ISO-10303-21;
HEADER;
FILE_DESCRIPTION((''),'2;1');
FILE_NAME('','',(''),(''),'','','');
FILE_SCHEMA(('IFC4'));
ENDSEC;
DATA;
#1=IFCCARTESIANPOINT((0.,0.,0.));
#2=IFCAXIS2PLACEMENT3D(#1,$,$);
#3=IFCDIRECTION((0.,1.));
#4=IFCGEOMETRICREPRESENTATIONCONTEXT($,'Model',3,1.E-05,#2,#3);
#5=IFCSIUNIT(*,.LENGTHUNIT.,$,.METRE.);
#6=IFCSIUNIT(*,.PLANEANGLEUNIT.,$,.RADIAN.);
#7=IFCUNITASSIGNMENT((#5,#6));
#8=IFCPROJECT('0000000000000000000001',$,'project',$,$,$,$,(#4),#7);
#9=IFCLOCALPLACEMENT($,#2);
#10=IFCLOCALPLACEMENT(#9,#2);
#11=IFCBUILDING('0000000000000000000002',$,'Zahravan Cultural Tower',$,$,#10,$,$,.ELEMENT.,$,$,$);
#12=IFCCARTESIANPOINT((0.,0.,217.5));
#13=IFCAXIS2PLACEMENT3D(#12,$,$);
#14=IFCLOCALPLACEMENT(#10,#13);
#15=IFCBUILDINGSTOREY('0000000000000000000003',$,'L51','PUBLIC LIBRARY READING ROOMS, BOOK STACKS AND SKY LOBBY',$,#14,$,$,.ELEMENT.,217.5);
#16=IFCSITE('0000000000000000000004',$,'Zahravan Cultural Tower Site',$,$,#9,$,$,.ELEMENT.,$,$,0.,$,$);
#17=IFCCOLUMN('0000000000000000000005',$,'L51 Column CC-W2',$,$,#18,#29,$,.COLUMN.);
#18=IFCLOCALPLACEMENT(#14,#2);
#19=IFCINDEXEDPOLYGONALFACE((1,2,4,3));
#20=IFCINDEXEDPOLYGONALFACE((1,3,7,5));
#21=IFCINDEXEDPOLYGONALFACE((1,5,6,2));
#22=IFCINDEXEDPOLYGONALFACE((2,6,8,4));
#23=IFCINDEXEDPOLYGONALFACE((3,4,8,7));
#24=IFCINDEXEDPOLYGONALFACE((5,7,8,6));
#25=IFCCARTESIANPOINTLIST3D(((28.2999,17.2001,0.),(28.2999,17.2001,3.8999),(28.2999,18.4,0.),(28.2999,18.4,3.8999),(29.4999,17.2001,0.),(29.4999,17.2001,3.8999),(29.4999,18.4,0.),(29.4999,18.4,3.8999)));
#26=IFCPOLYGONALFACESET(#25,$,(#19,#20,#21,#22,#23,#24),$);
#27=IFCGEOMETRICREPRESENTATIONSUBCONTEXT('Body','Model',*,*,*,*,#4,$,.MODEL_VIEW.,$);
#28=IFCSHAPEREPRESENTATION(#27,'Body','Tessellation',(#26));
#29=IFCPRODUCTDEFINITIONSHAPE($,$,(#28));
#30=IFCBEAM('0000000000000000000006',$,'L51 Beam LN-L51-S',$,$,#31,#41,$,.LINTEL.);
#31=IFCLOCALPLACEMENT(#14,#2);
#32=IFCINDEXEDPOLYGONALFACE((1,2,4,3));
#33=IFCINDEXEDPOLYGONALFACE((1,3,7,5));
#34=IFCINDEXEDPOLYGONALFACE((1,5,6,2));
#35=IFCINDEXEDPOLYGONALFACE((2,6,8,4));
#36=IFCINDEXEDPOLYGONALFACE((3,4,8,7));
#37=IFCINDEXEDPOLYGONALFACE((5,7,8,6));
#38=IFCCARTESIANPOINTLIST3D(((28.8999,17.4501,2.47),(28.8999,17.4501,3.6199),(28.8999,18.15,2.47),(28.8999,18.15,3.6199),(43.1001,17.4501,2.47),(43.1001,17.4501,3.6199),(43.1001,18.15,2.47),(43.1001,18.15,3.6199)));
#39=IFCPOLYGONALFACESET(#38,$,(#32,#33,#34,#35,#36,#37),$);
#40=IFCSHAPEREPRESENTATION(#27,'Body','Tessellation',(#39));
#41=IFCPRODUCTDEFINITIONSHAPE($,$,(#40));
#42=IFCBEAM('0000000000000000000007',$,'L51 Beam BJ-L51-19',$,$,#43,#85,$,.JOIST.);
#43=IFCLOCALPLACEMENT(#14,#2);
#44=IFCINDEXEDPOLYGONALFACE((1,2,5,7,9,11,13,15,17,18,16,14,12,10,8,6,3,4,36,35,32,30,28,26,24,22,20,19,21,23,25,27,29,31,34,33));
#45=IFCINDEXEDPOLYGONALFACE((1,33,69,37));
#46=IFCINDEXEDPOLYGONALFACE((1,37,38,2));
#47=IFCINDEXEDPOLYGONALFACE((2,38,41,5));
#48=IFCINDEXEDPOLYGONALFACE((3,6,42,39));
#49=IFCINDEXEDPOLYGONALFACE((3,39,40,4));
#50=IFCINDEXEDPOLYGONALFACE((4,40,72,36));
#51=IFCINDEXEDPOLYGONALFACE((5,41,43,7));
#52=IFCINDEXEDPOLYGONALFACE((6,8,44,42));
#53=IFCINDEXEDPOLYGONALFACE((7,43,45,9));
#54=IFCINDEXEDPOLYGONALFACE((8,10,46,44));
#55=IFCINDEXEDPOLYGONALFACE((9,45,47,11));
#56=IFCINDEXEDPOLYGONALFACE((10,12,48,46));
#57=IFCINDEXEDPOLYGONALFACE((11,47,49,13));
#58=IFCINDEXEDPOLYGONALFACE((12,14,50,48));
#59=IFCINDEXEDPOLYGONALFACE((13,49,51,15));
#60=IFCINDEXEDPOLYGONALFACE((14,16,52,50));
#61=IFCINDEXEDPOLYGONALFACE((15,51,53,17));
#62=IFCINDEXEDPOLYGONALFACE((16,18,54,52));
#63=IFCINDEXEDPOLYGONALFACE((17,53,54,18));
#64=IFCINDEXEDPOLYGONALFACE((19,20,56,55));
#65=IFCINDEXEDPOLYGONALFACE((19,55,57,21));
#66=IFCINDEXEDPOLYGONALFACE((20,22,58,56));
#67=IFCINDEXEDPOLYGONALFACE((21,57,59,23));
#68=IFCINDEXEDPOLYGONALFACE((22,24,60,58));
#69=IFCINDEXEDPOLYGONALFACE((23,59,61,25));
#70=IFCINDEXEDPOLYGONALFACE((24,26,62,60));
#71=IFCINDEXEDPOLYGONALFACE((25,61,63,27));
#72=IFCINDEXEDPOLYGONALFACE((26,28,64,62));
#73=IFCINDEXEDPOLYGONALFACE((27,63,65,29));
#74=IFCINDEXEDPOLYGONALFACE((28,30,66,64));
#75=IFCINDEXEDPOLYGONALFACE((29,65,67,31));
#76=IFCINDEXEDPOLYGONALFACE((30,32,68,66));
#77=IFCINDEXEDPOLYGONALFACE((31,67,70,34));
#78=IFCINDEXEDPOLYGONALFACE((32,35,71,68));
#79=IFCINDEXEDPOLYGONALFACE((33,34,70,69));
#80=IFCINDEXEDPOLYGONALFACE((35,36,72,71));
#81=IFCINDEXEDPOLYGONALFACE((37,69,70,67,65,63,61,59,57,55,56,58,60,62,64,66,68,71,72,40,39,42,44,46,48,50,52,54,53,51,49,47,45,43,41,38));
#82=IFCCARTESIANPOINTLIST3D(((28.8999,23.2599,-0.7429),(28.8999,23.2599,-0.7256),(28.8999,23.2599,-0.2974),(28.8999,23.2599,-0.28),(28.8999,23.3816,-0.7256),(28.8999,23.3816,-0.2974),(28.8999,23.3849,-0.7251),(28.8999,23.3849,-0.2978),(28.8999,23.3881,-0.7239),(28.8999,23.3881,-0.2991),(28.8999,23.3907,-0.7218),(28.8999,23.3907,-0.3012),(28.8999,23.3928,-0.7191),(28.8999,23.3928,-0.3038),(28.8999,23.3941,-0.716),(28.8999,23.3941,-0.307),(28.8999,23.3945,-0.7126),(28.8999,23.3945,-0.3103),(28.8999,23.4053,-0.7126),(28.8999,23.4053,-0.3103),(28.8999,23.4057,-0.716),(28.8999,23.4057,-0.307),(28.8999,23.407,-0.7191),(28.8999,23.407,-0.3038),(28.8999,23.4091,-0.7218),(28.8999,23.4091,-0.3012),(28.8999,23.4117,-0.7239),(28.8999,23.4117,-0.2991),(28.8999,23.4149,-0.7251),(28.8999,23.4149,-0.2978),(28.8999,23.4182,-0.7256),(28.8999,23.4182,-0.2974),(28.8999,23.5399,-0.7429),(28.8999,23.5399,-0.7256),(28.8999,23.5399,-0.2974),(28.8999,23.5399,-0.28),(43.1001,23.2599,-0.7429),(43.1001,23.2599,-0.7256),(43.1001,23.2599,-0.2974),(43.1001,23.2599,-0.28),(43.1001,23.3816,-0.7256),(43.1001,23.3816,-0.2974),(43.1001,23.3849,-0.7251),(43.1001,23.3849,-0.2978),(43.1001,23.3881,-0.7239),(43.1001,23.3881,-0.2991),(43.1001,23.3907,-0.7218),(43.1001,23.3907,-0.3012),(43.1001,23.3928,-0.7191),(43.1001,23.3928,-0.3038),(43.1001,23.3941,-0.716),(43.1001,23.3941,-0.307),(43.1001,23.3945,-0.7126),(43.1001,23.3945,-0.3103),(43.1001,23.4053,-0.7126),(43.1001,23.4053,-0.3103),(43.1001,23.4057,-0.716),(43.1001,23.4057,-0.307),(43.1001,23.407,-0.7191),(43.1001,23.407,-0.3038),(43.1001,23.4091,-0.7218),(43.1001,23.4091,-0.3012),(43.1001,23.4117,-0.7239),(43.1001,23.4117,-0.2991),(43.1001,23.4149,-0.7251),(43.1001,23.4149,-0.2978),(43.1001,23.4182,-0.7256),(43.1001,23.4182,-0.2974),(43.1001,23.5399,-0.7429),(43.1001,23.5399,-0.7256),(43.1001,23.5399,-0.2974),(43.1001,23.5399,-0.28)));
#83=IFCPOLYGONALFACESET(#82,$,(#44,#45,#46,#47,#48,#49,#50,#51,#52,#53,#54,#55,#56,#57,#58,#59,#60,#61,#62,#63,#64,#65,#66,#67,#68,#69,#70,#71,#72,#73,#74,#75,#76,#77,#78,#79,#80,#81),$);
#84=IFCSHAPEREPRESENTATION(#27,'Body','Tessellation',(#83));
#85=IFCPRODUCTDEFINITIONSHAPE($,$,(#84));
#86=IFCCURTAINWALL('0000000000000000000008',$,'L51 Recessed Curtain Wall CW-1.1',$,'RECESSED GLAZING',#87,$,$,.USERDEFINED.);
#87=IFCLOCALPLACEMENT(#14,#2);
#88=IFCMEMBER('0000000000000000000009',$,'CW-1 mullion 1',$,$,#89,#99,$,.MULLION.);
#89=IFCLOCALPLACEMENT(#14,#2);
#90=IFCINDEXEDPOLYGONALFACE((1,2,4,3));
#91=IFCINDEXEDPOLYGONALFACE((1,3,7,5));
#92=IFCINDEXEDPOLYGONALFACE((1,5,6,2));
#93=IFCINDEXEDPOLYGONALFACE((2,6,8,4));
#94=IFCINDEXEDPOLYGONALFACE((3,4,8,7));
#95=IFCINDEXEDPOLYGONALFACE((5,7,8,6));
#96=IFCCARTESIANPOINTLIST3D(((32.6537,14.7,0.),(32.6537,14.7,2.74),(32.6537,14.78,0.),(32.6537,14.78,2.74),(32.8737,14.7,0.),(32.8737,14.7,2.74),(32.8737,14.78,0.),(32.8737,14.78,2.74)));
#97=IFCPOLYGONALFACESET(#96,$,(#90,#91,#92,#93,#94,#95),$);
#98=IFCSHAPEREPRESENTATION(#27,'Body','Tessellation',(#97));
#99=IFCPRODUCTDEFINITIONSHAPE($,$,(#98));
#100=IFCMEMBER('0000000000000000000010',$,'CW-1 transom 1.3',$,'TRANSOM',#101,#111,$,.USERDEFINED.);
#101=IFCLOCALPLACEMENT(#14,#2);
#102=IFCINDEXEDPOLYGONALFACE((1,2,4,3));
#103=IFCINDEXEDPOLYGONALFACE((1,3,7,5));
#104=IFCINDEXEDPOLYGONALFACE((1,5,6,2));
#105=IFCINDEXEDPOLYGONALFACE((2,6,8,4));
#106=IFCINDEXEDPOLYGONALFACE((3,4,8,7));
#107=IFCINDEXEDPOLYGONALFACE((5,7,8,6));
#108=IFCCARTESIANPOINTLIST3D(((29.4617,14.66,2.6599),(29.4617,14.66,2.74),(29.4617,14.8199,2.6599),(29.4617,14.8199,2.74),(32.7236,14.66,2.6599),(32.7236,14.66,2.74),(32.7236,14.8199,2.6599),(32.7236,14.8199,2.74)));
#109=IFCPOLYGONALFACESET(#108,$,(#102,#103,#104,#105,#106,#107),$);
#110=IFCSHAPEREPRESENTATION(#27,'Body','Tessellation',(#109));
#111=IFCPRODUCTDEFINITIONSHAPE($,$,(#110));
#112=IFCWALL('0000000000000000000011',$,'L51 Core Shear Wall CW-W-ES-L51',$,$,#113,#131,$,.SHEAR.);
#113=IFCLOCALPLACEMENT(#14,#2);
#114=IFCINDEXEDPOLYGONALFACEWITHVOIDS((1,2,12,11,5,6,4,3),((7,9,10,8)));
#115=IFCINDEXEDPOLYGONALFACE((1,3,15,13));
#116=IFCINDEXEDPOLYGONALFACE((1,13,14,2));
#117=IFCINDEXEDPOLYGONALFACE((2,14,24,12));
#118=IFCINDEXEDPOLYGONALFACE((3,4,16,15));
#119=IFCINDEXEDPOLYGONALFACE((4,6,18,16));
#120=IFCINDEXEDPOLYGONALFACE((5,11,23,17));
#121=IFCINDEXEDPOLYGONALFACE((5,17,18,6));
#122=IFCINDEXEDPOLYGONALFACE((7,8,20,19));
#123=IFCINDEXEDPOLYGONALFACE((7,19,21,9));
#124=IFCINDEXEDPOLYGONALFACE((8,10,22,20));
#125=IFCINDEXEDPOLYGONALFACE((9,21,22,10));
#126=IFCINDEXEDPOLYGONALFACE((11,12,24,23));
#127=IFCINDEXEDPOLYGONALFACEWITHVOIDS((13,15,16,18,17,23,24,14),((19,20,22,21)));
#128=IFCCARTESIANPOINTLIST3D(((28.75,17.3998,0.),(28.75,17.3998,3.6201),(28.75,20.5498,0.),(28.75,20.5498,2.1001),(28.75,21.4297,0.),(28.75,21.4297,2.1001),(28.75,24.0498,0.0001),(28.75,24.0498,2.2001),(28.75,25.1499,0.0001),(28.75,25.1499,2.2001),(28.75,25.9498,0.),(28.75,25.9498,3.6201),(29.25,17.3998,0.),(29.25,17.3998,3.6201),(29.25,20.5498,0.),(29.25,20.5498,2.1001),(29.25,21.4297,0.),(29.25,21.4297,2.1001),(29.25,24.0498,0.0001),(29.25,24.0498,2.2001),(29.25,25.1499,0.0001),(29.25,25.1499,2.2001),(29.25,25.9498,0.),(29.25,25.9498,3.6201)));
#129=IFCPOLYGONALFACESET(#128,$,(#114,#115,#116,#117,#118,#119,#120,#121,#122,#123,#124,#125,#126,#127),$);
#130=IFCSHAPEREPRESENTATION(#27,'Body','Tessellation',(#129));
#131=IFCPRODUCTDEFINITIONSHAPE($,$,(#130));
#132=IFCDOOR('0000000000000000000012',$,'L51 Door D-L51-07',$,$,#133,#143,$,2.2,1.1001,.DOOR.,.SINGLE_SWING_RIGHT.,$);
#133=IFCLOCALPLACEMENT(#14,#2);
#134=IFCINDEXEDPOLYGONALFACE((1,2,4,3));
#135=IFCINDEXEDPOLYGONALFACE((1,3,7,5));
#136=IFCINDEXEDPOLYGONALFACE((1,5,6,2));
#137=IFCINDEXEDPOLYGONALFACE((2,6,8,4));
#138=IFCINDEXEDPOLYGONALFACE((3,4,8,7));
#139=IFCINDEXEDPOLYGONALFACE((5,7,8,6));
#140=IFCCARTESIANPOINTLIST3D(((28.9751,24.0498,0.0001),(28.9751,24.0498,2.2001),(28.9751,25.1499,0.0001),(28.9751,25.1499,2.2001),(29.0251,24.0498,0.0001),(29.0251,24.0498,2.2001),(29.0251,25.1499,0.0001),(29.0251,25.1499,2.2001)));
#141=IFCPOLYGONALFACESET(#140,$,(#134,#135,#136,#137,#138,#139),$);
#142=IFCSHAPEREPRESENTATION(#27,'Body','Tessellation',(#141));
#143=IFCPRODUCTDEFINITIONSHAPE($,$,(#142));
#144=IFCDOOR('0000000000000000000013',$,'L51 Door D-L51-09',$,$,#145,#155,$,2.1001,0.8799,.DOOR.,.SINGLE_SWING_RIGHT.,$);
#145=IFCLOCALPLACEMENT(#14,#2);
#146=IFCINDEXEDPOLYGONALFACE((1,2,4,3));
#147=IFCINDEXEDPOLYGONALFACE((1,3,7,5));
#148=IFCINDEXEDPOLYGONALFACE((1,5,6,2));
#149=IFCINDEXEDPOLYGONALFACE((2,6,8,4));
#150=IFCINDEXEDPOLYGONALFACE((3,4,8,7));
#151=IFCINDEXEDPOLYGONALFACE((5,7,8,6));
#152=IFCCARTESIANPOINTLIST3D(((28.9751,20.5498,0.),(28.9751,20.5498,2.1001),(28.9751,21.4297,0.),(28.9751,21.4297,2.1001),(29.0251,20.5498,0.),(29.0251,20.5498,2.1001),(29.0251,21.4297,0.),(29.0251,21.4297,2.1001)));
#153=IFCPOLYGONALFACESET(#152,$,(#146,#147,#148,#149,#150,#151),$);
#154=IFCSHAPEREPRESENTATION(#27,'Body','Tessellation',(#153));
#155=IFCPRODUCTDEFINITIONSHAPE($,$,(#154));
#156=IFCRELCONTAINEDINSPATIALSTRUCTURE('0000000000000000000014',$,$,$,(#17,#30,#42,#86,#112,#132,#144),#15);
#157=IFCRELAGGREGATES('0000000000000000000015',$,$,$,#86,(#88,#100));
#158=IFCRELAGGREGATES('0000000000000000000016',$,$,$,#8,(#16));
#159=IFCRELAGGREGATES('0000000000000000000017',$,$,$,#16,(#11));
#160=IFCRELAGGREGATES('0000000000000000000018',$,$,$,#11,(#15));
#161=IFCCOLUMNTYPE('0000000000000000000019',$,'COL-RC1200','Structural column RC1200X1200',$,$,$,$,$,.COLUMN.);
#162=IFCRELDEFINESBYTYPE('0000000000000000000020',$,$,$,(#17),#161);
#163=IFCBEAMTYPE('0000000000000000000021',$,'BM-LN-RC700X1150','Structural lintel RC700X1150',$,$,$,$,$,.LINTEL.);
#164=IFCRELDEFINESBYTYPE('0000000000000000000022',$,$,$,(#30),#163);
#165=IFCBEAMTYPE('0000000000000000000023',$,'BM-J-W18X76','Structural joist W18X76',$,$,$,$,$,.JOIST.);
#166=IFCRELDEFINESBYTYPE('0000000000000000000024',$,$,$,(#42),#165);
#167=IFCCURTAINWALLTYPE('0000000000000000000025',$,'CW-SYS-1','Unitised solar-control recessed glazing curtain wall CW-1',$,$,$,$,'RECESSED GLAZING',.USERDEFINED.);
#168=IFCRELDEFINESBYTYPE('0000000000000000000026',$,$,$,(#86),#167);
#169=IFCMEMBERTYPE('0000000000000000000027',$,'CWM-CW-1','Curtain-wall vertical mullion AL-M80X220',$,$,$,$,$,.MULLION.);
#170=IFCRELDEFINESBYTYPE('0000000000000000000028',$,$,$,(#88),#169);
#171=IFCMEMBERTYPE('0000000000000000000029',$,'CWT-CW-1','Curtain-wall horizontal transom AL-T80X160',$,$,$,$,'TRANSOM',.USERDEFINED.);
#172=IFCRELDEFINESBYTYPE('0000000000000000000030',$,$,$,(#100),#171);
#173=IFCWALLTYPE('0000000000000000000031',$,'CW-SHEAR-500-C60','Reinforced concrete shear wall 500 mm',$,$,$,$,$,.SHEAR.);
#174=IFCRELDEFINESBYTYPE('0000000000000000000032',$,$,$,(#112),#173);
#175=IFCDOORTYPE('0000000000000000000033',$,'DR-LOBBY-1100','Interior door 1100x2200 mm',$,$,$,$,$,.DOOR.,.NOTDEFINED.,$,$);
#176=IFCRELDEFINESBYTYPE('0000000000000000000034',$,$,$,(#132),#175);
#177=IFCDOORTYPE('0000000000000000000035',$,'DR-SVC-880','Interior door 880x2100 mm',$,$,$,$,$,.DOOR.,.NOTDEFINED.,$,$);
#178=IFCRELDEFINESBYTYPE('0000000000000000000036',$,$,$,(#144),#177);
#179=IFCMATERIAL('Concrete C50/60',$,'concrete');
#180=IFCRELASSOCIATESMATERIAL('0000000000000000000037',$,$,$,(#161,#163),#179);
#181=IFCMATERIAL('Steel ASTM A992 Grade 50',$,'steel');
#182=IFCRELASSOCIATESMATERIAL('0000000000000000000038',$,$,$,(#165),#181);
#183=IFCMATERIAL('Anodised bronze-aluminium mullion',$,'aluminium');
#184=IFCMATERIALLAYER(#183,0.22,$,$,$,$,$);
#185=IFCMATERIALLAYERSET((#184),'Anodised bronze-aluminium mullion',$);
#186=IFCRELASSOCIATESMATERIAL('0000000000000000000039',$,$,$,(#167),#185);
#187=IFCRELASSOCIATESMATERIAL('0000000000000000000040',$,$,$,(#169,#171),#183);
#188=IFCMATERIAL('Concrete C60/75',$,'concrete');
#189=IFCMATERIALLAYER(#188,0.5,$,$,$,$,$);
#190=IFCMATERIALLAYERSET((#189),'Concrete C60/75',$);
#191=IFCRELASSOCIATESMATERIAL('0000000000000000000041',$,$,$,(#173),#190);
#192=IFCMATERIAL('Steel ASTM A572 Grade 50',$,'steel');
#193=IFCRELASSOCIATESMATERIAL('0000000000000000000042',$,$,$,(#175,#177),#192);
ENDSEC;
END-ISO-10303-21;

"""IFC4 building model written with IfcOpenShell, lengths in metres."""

from ifc_helpers import new_model, si_unit, direction, frame, frame_2d, origin, origin_2d, place, context, subcontext, project, spatial, rectangle, i_section, extrude, source, transform, mapped, material, layer, layer_set, material_profile, profile_set, type_object, element, fill, aggregate, save


model = new_model("IFC4")

# Units and contexts
model_context = context("Model", 3, precision=1e-05, world=origin(), true_north=direction((0.0, 1.0)))
body_context = subcontext(model_context, "Body", "Model", "MODEL_VIEW")
ifc_project = project(units=[si_unit("LENGTHUNIT", "METRE"), si_unit("PLANEANGLEUNIT", "RADIAN")], contexts=[model_context])

# Site, building, storey
site_placement = place(None, origin())
site = spatial("IfcSite", under=ifc_project, at=site_placement, Name="Zahravan Cultural Tower Site", CompositionType="ELEMENT", RefElevation=0.0)
building_placement = place(site_placement, origin())
building = spatial("IfcBuilding", under=site, at=building_placement, Name="Zahravan Cultural Tower", CompositionType="ELEMENT")
storey_placement = place(building_placement, frame((0.0, 0.0, 217.5)))
storey = spatial("IfcBuildingStorey", under=building, at=storey_placement, Name="L51", Description="PUBLIC LIBRARY READING ROOMS, BOOK STACKS AND SKY LOBBY", CompositionType="ELEMENT", Elevation=217.5)

# Column
ifc_material_1 = material(Name="Concrete C50/60", Category="concrete")
ifc_material_profile_1 = material_profile(ifc_material_1, rectangle(XDim=1.2, YDim=1.2, at=origin_2d()), Name="RC1200X1200")
ifc_profile_set_1 = profile_set([ifc_material_profile_1], Name="Concrete C50/60")
column_type = type_object("IfcColumnType", Name="COL-RC1200", Description="Structural column RC1200X1200", PredefinedType="COLUMN", material=ifc_profile_set_1)
shared_shape_1 = source(origin(), body_context, "Body", "SweptSolid", [
    extrude(rectangle(XDim=1.2, YDim=1.2, at=origin_2d()), origin(), (0.0, 0.0, 1.0), 3.8999),
])
column_placement = place(storey_placement, frame((28.8999, 17.8, 0.0), z_axis=(0.0, 0.0, 1.0), x_axis=(1.0, 0.0, 0.0)))
element("IfcColumn", 1, at=column_placement, inside=storey, type_object=column_type, Name="L51 Column CC-W2", PredefinedType="COLUMN", context=body_context, shape_type="MappedRepresentation", body=[
    mapped(shared_shape_1, transform((0.0, 0.0, 0.0), x_axis=(1.0, 0.0, 0.0), y_axis=(0.0, 1.0, 0.0), z_axis=(0.0, 0.0, 1.0), scale=1.0)),
])

# Beams
ifc_material_profile_2 = material_profile(ifc_material_1, rectangle(XDim=0.7, YDim=1.1499, at=origin_2d()), Name="RC700X1150")
ifc_profile_set_2 = profile_set([ifc_material_profile_2], Name="Concrete C50/60")
beam_type_1 = type_object("IfcBeamType", Name="BM-LN-RC700X1150", Description="Structural lintel RC700X1150", PredefinedType="LINTEL", material=ifc_profile_set_2)
shared_shape_2 = source(origin(), body_context, "Body", "SweptSolid", [
    extrude(rectangle(XDim=0.7, YDim=1.1499, at=origin_2d()), origin(), (0.0, 0.0, 1.0), 14.2002),
])
beam_1_placement = place(storey_placement, frame((28.8999, 17.8, 3.0449), z_axis=(1.0, 0.0, 0.0), x_axis=(0.0, 1.0, 0.0)))
element("IfcBeam", 2, at=beam_1_placement, inside=storey, type_object=beam_type_1, Name="L51 Beam LN-L51-S", PredefinedType="LINTEL", context=body_context, shape_type="MappedRepresentation", body=[
    mapped(shared_shape_2, transform((0.0, 0.0, 0.0), x_axis=(1.0, 0.0, 0.0), y_axis=(0.0, 1.0, 0.0), z_axis=(0.0, 0.0, 1.0), scale=1.0)),
])
ifc_material_2 = material(Name="Steel ASTM A992 Grade 50", Category="steel")
ifc_material_profile_3 = material_profile(ifc_material_2, i_section(OverallWidth=0.28, OverallDepth=0.4629, WebThickness=0.0107, FlangeThickness=0.0173, FilletRadius=0.0129, at=origin_2d()), Name="W18X76")
ifc_profile_set_3 = profile_set([ifc_material_profile_3], Name="Steel ASTM A992 Grade 50")
beam_type_2 = type_object("IfcBeamType", Name="BM-J-W18X76", Description="Structural joist W18X76", PredefinedType="JOIST", material=ifc_profile_set_3)
shared_shape_3 = source(origin(), body_context, "Body", "SweptSolid", [
    extrude(i_section(OverallWidth=0.28, OverallDepth=0.4629, WebThickness=0.0107, FlangeThickness=0.0173, FilletRadius=0.0129, at=origin_2d()), origin(), (0.0, 0.0, 1.0), 14.2002),
])
beam_2_placement = place(storey_placement, frame((28.8999, 23.3999, -0.5115), z_axis=(1.0, 0.0, 0.0), x_axis=(0.0, 1.0, 0.0)))
element("IfcBeam", 3, at=beam_2_placement, inside=storey, type_object=beam_type_2, Name="L51 Beam BJ-L51-19", PredefinedType="JOIST", context=body_context, shape_type="MappedRepresentation", body=[
    mapped(shared_shape_3, transform((0.0, 0.0, 0.0), x_axis=(1.0, 0.0, 0.0), y_axis=(0.0, 1.0, 0.0), z_axis=(0.0, 0.0, 1.0), scale=1.0)),
])

# Curtain wall, members
ifc_material_3 = material(Name="Anodised bronze-aluminium mullion", Category="aluminium")
ifc_layer_1 = layer(ifc_material_3, 0.22)
ifc_layer_set_1 = layer_set([ifc_layer_1], Name="Anodised bronze-aluminium mullion")
curtain_wall_type = type_object("IfcCurtainWallType", Name="CW-SYS-1", Description="Unitised solar-control recessed glazing curtain wall CW-1", ElementType="RECESSED GLAZING", PredefinedType="USERDEFINED", material=ifc_layer_set_1)
curtain_wall_placement = place(storey_placement, origin())
curtain_wall = element("IfcCurtainWall", 4, at=curtain_wall_placement, inside=storey, type_object=curtain_wall_type, Name="L51 Recessed Curtain Wall CW-1.1", ObjectType="RECESSED GLAZING", PredefinedType="USERDEFINED")
ifc_material_profile_4 = material_profile(ifc_material_3, rectangle(XDim=0.0801, YDim=0.22, at=origin_2d()), Name="AL-M80X220")
ifc_profile_set_4 = profile_set([ifc_material_profile_4], Name="Anodised bronze-aluminium mullion")
member_type_1 = type_object("IfcMemberType", Name="CWM-CW-1", Description="Curtain-wall vertical mullion AL-M80X220", PredefinedType="MULLION", material=ifc_profile_set_4)
shared_shape_4 = source(origin(), body_context, "Body", "SweptSolid", [
    extrude(rectangle(XDim=0.0801, YDim=0.22, at=origin_2d()), origin(), (0.0, 0.0, 1.0), 2.74),
])
member_1_placement = place(storey_placement, frame((32.7637, 14.74, 0.0), z_axis=(0.0, 0.0, 1.0), x_axis=(0.0, -1.0, 0.0)))
member_1 = element("IfcMember", 5, at=member_1_placement, type_object=member_type_1, Name="CW-1 mullion 1", PredefinedType="MULLION", context=body_context, shape_type="MappedRepresentation", body=[
    mapped(shared_shape_4, transform((0.0, 0.0, 0.0), x_axis=(1.0, 0.0, 0.0), y_axis=(0.0, 1.0, 0.0), z_axis=(0.0, 0.0, 1.0), scale=1.0)),
])
ifc_material_profile_5 = material_profile(ifc_material_3, rectangle(XDim=0.1599, YDim=0.0801, at=origin_2d()), Name="AL-T80X160")
ifc_profile_set_5 = profile_set([ifc_material_profile_5], Name="Anodised bronze-aluminium mullion")
member_type_2 = type_object("IfcMemberType", Name="CWT-CW-1", Description="Curtain-wall horizontal transom AL-T80X160", ElementType="TRANSOM", PredefinedType="USERDEFINED", material=ifc_profile_set_5)
shared_shape_5 = source(origin(), body_context, "Body", "SweptSolid", [
    extrude(rectangle(XDim=0.1599, YDim=0.0801, at=origin_2d()), origin(), (0.0, 0.0, 1.0), 3.262),
])
member_2_placement = place(storey_placement, frame((32.7236, 14.74, 2.7), z_axis=(-1.0, 0.0, 0.0), x_axis=(0.0, -1.0, 0.0)))
member_2 = element("IfcMember", 6, at=member_2_placement, type_object=member_type_2, Name="CW-1 transom 1.3", ObjectType="TRANSOM", PredefinedType="USERDEFINED", context=body_context, shape_type="MappedRepresentation", body=[
    mapped(shared_shape_5, transform((0.0, 0.0, 0.0), x_axis=(1.0, 0.0, 0.0), y_axis=(0.0, 1.0, 0.0), z_axis=(0.0, 0.0, 1.0), scale=1.0)),
])
aggregate(curtain_wall, [member_1, member_2])

# Wall, openings, doors
ifc_material_4 = material(Name="Concrete C60/75", Category="concrete")
ifc_layer_2 = layer(ifc_material_4, 0.5)
ifc_layer_set_2 = layer_set([ifc_layer_2], Name="Concrete C60/75")
wall_type_1 = type_object("IfcWallType", Name="CW-SHEAR-500-C60", Description="Reinforced concrete shear wall 500 mm", PredefinedType="SHEAR", material=ifc_layer_set_2)
wall_1_placement = place(storey_placement, frame((29.0, 17.3999, 0.0), z_axis=(0.0, 0.0, 1.0), x_axis=(0.0, 1.0, 0.0)))
wall_1 = element("IfcWall", 7, at=wall_1_placement, inside=storey, type_object=wall_type_1, Name="L51 Core Shear Wall CW-W-ES-L51", PredefinedType="SHEAR", context=body_context, shape_type="SweptSolid", body=[
    extrude(rectangle(XDim=8.55, YDim=0.5, at=frame_2d((4.2749, 0.0))), origin(), (0.0, 0.0, 1.0), 3.6201),
])
opening_1_placement = place(wall_1_placement, frame((6.6499, 0.0, 0.0)))
opening_1 = element("IfcOpeningElement", 8, at=opening_1_placement, cuts=wall_1, PredefinedType="OPENING", context=body_context, shape_type="SweptSolid", body=[
    extrude(rectangle(XDim=1.1001, YDim=2.2, at=frame_2d((0.55, 1.1001))), frame((0.0, 0.26, 0.0), z_axis=(0.0, -1.0, 0.0), x_axis=(1.0, 0.0, 0.0)), (0.0, 0.0, 1.0), 0.52),
])
opening_2_placement = place(wall_1_placement, frame((3.1499, 0.0, 0.0)))
opening_2 = element("IfcOpeningElement", 9, at=opening_2_placement, cuts=wall_1, PredefinedType="OPENING", context=body_context, shape_type="SweptSolid", body=[
    extrude(rectangle(XDim=0.8799, YDim=2.1001, at=frame_2d((0.4399, 1.05))), frame((0.0, 0.26, 0.0), z_axis=(0.0, -1.0, 0.0), x_axis=(1.0, 0.0, 0.0)), (0.0, 0.0, 1.0), 0.52),
])
ifc_material_5 = material(Name="Steel ASTM A572 Grade 50", Category="steel")
door_type_1 = type_object("IfcDoorType", Name="DR-LOBBY-1100", Description="Interior door 1100x2200 mm", OperationType="NOTDEFINED", PredefinedType="DOOR", material=ifc_material_5)
shared_shape_6 = source(origin(), body_context, "Body", "SweptSolid", [
    extrude(rectangle(XDim=1.1001, YDim=2.2, at=frame_2d((0.55, 1.1001))), frame((0.0, 0.0249, 0.0), z_axis=(0.0, -1.0, 0.0), x_axis=(1.0, 0.0, 0.0)), (0.0, 0.0, 1.0), 0.05),
])
door_1_placement = place(opening_1_placement, origin())
door_1 = element("IfcDoor", 10, at=door_1_placement, inside=storey, type_object=door_type_1, Name="L51 Door D-L51-07", OperationType="SINGLE_SWING_RIGHT", OverallHeight=2.2, OverallWidth=1.1001, PredefinedType="DOOR", context=body_context, shape_type="MappedRepresentation", body=[
    mapped(shared_shape_6, transform((0.0, 0.0, 0.0), x_axis=(1.0, 0.0, 0.0), y_axis=(0.0, 1.0, 0.0), z_axis=(0.0, 0.0, 1.0), scale=1.0)),
])
fill(opening_1, door_1)
door_type_2 = type_object("IfcDoorType", Name="DR-SVC-880", Description="Interior door 880x2100 mm", OperationType="NOTDEFINED", PredefinedType="DOOR", material=ifc_material_5)
shared_shape_7 = source(origin(), body_context, "Body", "SweptSolid", [
    extrude(rectangle(XDim=0.8799, YDim=2.1001, at=frame_2d((0.4399, 1.05))), frame((0.0, 0.0249, 0.0), z_axis=(0.0, -1.0, 0.0), x_axis=(1.0, 0.0, 0.0)), (0.0, 0.0, 1.0), 0.05),
])
door_2_placement = place(opening_2_placement, origin())
door_2 = element("IfcDoor", 11, at=door_2_placement, inside=storey, type_object=door_type_2, Name="L51 Door D-L51-09", OperationType="SINGLE_SWING_RIGHT", OverallHeight=2.1001, OverallWidth=0.8799, PredefinedType="DOOR", context=body_context, shape_type="MappedRepresentation", body=[
    mapped(shared_shape_7, transform((0.0, 0.0, 0.0), x_axis=(1.0, 0.0, 0.0), y_axis=(0.0, 1.0, 0.0), z_axis=(0.0, 0.0, 1.0), scale=1.0)),
])
fill(opening_2, door_2)

save(model, "model.ifc")
